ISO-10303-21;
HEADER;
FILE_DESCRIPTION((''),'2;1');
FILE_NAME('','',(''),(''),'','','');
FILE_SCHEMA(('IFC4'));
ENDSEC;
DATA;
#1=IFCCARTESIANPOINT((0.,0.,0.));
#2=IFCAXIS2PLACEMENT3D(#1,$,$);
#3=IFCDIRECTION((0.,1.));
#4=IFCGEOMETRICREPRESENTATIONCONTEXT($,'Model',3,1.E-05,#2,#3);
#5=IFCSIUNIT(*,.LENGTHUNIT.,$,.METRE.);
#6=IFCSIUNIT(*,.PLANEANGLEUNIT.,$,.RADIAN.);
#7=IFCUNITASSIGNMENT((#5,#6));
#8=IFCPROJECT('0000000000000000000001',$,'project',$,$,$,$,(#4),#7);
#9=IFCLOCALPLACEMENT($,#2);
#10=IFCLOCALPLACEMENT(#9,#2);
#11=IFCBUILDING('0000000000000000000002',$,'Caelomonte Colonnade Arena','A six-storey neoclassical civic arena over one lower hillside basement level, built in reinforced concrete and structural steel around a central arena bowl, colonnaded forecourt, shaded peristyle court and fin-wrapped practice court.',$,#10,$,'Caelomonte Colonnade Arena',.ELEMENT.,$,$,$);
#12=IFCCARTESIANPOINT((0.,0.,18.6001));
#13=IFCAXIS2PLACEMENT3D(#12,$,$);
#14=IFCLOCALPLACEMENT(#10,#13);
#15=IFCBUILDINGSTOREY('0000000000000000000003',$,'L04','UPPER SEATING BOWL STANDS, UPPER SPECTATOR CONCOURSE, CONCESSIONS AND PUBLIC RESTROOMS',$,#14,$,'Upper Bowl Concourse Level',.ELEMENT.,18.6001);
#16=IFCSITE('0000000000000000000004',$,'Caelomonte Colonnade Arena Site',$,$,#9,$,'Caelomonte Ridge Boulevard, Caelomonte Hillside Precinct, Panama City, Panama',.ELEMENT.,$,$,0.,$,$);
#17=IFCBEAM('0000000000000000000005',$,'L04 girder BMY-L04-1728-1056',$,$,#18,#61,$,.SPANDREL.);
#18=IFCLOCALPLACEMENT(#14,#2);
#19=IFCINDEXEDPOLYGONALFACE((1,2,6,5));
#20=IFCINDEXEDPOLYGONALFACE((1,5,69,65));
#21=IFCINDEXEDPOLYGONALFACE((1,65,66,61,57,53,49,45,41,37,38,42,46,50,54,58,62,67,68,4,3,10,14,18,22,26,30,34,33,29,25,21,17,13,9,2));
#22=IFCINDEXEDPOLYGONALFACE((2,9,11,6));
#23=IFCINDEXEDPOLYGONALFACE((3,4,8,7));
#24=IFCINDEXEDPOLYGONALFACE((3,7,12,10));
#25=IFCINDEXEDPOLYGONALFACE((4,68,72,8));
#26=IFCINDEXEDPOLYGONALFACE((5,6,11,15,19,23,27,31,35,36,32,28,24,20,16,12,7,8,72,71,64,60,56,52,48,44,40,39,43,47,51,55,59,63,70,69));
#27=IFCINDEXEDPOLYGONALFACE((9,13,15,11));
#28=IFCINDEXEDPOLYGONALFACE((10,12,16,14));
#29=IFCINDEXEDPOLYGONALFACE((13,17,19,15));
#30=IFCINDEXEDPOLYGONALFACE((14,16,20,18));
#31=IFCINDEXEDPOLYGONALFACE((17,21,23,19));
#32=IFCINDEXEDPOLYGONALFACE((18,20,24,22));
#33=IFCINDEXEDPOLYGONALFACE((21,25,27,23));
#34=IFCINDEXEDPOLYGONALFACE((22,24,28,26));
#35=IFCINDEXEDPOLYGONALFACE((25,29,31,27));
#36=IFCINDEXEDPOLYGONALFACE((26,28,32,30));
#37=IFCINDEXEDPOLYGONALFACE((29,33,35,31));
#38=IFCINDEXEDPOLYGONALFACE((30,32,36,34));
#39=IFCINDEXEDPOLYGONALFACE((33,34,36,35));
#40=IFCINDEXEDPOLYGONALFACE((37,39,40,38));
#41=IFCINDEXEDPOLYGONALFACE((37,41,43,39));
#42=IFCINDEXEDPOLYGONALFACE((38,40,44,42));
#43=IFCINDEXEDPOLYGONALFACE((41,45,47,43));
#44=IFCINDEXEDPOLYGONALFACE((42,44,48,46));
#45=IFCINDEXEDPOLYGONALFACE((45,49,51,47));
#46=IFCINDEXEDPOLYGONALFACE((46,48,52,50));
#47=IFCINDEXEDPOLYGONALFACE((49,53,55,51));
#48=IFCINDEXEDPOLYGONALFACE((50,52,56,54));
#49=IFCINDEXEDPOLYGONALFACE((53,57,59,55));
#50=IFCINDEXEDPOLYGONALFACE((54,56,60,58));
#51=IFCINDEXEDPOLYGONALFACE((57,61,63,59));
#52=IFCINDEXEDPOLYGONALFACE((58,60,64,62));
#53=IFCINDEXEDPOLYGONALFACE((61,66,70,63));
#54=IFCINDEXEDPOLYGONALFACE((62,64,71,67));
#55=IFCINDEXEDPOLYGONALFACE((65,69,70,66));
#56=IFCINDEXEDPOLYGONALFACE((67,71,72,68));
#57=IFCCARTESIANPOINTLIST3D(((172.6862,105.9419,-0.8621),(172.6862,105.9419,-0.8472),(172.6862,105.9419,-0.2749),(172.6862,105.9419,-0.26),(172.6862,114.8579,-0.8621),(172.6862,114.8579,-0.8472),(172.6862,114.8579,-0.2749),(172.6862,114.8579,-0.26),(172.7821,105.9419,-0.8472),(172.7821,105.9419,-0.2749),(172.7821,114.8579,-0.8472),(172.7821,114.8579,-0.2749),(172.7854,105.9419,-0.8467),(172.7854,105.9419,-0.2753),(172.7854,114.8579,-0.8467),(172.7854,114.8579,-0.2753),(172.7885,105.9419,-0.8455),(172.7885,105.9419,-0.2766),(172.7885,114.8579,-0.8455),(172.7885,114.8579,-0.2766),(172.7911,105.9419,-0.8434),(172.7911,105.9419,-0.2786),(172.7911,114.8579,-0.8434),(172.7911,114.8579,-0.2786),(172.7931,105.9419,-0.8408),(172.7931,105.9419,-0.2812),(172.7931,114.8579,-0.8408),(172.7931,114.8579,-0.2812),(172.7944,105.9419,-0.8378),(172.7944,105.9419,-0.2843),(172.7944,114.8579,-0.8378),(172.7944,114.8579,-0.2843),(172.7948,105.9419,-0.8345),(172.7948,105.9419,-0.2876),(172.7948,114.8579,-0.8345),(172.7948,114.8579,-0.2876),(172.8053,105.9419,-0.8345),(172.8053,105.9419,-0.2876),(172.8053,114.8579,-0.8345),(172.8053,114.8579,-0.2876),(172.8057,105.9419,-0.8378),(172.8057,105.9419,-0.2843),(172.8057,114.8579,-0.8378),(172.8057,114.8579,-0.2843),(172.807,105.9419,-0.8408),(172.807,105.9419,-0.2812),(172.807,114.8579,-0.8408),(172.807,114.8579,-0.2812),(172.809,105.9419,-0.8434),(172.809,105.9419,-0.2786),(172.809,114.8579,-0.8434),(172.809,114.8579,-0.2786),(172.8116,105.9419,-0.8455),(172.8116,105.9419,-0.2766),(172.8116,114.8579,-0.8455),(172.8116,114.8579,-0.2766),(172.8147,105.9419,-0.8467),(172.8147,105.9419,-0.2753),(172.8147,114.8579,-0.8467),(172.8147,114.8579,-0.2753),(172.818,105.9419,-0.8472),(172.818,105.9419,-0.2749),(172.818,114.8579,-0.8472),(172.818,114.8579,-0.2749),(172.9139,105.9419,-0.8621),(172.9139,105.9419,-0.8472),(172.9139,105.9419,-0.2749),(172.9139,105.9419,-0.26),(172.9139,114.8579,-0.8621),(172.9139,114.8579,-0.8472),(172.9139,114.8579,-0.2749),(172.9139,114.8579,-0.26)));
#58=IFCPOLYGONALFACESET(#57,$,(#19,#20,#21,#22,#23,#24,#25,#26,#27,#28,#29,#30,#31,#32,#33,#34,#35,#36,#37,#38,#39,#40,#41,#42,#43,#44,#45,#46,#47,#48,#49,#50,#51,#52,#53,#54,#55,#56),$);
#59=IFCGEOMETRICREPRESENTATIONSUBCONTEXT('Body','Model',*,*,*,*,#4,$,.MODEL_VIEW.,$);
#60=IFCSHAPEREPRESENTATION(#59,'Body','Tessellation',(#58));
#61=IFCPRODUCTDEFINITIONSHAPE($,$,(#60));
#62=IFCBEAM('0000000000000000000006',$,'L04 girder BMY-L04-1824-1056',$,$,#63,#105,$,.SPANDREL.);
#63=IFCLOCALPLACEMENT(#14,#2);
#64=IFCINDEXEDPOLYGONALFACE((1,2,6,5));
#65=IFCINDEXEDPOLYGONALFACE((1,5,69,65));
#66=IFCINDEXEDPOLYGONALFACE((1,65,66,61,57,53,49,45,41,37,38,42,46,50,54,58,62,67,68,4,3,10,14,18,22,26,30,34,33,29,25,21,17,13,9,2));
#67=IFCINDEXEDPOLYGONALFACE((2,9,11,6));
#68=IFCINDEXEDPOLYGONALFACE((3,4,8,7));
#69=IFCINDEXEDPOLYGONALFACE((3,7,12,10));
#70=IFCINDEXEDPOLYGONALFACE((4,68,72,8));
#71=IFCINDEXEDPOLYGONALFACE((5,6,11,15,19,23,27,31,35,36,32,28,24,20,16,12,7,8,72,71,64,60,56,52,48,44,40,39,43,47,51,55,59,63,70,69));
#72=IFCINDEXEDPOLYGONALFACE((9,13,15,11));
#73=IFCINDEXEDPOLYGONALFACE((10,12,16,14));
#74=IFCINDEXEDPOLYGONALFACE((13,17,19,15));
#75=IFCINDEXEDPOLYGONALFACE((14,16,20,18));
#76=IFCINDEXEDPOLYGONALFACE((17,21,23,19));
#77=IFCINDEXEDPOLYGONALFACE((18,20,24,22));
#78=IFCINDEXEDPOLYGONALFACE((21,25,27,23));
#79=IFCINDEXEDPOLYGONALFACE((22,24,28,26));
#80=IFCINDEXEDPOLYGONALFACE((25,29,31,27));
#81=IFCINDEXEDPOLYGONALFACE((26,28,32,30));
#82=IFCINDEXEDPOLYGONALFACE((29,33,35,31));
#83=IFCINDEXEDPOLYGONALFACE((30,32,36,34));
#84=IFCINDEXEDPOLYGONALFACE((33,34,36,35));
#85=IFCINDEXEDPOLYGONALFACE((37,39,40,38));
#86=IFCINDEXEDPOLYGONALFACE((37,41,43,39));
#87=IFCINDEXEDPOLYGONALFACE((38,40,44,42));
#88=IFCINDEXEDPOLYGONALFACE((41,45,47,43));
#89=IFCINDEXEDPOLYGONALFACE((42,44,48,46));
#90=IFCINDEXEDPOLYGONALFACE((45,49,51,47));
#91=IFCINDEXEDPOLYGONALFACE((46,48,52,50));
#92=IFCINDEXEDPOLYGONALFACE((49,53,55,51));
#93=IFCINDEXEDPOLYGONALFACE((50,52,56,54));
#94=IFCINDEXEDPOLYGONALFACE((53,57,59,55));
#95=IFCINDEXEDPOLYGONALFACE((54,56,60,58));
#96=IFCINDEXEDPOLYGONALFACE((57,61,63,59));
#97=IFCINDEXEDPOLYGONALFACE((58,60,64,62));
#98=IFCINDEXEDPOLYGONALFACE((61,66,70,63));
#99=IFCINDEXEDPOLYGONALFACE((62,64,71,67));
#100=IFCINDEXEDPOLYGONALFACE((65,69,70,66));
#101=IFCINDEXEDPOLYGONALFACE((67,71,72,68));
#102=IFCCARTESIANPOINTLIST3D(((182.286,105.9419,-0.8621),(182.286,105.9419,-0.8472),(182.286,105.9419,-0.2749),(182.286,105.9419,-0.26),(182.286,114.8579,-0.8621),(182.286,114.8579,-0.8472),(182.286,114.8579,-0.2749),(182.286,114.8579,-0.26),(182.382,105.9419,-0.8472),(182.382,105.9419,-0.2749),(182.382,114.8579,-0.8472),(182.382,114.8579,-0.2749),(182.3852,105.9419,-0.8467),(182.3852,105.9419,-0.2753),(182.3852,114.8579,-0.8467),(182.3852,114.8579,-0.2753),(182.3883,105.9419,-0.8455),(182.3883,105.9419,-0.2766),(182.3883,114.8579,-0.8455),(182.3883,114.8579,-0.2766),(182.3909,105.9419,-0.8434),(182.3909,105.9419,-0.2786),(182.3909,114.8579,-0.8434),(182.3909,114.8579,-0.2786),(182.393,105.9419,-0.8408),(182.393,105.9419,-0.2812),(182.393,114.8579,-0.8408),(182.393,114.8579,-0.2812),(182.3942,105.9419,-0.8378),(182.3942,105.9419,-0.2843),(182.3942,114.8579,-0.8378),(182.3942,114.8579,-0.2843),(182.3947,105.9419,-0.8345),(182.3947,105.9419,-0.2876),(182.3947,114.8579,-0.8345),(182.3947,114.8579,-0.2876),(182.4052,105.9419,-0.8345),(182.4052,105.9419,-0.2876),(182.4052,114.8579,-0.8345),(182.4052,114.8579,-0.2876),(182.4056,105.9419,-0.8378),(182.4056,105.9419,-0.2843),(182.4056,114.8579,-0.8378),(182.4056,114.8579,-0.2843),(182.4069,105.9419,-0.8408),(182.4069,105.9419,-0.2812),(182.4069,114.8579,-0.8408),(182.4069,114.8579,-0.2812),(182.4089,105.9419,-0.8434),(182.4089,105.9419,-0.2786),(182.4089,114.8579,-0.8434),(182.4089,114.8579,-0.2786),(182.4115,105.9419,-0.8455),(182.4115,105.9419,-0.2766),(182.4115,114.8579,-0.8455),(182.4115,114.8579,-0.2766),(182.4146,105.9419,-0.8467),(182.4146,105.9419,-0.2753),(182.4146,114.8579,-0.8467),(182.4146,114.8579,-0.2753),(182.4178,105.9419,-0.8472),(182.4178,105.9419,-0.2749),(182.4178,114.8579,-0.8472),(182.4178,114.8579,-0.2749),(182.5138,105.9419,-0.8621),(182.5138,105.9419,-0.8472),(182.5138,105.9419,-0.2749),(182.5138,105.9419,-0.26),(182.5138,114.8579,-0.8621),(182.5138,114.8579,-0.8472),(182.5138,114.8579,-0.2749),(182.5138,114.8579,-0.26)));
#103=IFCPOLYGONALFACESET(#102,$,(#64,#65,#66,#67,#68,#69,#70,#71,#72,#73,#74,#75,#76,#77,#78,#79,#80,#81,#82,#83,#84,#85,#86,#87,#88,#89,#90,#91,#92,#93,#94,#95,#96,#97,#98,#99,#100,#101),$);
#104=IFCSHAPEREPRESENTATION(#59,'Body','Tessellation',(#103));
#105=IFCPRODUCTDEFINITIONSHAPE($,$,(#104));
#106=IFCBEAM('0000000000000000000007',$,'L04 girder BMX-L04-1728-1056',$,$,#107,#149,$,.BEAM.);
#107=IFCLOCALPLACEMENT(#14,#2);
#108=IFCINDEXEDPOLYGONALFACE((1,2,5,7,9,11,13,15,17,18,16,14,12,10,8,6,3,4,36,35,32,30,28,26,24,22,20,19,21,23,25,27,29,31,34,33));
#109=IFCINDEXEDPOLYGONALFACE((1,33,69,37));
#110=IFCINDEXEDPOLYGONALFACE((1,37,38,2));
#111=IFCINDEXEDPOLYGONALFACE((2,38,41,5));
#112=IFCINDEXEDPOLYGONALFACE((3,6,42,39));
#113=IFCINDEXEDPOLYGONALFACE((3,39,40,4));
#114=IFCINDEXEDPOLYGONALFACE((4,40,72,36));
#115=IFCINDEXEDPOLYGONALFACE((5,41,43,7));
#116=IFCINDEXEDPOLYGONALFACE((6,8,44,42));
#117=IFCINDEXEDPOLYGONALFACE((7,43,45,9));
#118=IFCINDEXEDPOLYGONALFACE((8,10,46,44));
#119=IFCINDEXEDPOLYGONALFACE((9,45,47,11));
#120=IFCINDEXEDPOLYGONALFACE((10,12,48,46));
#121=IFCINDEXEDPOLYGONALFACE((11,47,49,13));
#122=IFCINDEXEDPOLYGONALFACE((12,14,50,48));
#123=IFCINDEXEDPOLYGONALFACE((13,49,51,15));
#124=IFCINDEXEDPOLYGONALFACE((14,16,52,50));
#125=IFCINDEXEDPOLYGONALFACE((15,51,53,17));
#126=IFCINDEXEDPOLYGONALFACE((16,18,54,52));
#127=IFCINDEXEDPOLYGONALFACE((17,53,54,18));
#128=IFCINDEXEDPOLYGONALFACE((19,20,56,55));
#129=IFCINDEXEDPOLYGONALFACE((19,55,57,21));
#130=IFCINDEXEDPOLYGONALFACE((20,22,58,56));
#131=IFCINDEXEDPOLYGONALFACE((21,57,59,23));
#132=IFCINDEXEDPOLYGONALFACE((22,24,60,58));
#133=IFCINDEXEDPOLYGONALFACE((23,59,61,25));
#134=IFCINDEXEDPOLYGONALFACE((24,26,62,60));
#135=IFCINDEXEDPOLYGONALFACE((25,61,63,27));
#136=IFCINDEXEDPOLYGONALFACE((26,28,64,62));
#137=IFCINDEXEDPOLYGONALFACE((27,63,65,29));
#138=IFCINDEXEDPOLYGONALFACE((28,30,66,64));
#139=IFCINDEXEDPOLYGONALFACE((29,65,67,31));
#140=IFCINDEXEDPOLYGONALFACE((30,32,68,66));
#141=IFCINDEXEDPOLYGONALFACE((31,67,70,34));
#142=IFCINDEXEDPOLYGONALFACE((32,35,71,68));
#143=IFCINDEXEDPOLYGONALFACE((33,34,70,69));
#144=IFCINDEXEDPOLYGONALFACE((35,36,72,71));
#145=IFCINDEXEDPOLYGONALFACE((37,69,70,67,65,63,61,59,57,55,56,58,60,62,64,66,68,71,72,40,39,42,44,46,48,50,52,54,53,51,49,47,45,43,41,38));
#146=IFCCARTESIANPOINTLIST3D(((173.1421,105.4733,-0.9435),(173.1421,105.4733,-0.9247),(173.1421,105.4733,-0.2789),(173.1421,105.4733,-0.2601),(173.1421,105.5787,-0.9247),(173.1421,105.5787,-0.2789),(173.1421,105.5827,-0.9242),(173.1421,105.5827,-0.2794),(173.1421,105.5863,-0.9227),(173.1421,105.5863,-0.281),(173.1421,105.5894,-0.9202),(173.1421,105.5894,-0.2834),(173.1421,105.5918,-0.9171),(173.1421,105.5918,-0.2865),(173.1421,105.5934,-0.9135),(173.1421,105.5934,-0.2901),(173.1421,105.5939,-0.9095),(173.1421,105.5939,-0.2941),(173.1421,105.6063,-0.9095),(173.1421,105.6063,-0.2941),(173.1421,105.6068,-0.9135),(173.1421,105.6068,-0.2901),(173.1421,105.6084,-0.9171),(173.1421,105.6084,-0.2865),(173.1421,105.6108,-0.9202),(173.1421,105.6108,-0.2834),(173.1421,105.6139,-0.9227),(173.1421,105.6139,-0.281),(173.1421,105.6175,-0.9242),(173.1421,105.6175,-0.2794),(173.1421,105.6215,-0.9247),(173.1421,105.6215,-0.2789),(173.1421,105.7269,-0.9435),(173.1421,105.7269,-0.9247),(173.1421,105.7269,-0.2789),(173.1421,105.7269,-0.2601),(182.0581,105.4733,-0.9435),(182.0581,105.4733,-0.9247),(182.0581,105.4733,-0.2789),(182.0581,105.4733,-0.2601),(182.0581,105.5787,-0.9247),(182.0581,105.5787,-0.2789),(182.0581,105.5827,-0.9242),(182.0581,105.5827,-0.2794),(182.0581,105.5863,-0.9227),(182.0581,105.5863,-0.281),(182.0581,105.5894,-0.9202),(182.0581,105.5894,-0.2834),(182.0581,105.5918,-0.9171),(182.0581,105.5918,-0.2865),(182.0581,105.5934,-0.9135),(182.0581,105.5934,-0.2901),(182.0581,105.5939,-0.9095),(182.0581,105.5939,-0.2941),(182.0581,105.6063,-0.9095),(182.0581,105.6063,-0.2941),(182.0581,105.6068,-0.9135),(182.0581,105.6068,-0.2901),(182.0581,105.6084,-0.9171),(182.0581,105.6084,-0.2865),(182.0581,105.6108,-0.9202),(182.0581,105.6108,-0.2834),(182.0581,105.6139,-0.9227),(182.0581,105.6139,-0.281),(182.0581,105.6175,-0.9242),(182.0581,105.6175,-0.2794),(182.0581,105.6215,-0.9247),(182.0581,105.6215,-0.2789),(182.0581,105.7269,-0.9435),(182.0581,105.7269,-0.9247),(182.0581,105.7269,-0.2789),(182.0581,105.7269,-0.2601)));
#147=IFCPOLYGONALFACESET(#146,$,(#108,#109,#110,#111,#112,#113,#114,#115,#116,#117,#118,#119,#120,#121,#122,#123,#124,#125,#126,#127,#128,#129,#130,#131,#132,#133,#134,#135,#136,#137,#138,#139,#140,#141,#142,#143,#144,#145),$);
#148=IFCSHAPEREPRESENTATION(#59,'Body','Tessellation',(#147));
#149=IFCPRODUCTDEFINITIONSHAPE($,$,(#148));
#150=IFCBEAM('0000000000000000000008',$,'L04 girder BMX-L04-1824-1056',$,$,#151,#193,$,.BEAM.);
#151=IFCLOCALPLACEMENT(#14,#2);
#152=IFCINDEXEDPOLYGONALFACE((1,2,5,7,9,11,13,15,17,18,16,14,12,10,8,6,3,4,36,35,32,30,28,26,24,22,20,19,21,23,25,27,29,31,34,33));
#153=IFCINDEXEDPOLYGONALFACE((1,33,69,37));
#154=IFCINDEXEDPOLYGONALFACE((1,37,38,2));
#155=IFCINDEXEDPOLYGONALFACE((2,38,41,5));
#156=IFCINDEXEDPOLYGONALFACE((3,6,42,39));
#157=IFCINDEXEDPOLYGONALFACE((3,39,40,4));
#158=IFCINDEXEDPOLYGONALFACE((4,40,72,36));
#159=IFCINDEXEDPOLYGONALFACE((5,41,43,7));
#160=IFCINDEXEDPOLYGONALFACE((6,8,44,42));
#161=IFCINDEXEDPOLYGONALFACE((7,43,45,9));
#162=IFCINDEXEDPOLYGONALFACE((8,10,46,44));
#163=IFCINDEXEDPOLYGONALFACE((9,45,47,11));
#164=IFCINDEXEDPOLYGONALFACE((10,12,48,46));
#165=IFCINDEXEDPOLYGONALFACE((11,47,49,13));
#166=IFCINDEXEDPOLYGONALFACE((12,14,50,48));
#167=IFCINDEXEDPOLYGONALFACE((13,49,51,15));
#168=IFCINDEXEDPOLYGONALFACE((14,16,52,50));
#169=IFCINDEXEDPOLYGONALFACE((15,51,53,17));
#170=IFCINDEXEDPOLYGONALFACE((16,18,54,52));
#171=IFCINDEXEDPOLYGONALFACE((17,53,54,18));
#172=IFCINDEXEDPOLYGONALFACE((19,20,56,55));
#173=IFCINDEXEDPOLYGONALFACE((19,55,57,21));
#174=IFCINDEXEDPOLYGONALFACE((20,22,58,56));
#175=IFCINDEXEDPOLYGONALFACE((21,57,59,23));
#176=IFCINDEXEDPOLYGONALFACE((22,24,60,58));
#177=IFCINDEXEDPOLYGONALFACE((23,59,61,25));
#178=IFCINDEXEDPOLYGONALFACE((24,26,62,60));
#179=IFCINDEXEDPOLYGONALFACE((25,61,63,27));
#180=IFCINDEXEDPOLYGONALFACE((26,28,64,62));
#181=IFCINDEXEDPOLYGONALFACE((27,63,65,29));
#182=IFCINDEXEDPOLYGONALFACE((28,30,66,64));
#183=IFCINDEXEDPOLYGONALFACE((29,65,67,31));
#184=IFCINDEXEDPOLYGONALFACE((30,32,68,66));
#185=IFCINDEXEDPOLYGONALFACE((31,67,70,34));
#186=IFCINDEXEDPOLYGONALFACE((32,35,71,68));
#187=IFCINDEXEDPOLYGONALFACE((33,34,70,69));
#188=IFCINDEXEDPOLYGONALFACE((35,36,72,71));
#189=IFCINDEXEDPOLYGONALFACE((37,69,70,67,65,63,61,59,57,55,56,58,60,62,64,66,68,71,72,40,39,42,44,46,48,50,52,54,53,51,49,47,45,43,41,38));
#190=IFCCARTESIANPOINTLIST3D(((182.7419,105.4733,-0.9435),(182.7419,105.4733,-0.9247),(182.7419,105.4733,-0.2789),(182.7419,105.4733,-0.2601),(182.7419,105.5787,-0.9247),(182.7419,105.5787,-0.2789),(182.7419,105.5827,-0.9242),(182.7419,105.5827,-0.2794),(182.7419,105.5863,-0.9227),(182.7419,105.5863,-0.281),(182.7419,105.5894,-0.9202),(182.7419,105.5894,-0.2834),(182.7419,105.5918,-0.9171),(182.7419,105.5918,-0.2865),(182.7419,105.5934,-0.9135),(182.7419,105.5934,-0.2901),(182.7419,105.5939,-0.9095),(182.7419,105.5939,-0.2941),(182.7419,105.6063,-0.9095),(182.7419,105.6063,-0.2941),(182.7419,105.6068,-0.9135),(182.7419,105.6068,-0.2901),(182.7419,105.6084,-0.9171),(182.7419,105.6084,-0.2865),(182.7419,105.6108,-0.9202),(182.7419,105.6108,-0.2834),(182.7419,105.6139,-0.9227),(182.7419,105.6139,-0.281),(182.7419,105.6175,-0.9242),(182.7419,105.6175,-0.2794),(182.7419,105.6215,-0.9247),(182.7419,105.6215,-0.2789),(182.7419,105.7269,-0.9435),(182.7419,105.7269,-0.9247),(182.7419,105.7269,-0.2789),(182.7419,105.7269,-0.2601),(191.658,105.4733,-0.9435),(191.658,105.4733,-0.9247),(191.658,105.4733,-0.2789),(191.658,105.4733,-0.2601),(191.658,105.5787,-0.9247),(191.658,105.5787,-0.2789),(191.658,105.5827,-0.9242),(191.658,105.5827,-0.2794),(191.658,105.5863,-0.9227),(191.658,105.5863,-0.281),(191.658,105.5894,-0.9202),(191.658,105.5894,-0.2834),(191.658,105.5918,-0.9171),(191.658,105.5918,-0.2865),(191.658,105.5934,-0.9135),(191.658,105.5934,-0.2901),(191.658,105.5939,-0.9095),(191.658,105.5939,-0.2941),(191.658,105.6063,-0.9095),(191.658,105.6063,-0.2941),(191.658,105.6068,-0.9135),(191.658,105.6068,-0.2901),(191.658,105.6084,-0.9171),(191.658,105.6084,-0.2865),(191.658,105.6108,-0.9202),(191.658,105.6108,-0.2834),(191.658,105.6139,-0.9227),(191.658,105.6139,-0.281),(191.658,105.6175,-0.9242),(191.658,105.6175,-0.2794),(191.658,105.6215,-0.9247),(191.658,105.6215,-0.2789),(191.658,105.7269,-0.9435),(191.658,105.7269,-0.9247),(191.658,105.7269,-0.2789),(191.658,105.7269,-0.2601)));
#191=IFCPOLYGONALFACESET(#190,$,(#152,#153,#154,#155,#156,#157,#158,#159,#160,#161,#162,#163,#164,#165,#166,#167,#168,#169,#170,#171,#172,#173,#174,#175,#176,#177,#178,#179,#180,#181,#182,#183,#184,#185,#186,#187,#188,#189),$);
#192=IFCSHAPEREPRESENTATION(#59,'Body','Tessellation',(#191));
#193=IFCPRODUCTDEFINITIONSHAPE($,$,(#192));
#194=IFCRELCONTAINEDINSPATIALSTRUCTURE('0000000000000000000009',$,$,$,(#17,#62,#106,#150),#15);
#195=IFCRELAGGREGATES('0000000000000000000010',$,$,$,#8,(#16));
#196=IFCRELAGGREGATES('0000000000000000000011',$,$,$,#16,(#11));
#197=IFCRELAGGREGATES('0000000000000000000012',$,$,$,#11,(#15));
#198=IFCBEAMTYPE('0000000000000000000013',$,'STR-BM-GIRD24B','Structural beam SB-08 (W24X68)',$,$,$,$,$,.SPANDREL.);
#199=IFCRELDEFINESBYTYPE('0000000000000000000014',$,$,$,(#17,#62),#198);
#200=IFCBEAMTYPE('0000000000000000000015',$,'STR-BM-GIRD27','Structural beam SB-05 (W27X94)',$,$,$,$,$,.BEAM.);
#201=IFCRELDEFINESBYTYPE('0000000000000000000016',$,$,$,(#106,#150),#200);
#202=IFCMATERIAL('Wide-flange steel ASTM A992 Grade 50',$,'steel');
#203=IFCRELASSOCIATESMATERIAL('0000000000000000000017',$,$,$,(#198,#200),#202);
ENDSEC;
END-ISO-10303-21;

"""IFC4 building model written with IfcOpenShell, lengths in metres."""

from ifc_helpers import new_model, si_unit, direction, frame, origin, origin_2d, place, context, subcontext, project, spatial, i_section, extrude, material, material_profile, profile_set, type_object, element, save


model = new_model("IFC4")

# Units and contexts
model_context = context("Model", 3, precision=1e-05, world=origin(), true_north=direction((0.0, 1.0)))
body_context = subcontext(model_context, "Body", "Model", "MODEL_VIEW")
ifc_project = project(units=[si_unit("LENGTHUNIT", "METRE"), si_unit("PLANEANGLEUNIT", "RADIAN")], contexts=[model_context])

# Site, building, storey
site_placement = place(None, origin())
site = spatial("IfcSite", under=ifc_project, at=site_placement, Name="Caelomonte Colonnade Arena Site", LongName="Caelomonte Ridge Boulevard, Caelomonte Hillside Precinct, Panama City, Panama", CompositionType="ELEMENT", RefElevation=0.0)
building_placement = place(site_placement, origin())
building = spatial("IfcBuilding", under=site, at=building_placement, Name="Caelomonte Colonnade Arena", Description="A six-storey neoclassical civic arena over one lower hillside basement level, built in reinforced concrete and structural steel around a central arena bowl, colonnaded forecourt, shaded peristyle court and fin-wrapped practice court.", LongName="Caelomonte Colonnade Arena", CompositionType="ELEMENT")
storey_placement = place(building_placement, frame((0.0, 0.0, 18.6001)))
storey = spatial("IfcBuildingStorey", under=building, at=storey_placement, Name="L04", Description="UPPER SEATING BOWL STANDS, UPPER SPECTATOR CONCOURSE, CONCESSIONS AND PUBLIC RESTROOMS", LongName="Upper Bowl Concourse Level", CompositionType="ELEMENT", Elevation=18.6001)

# Shared definitions
ifc_material_1 = material(Name="Wide-flange steel ASTM A992 Grade 50", Category="steel")

# Beams
ifc_material_profile_1 = material_profile(ifc_material_1, i_section(OverallWidth=0.2278, OverallDepth=0.6021, WebThickness=0.0105, FlangeThickness=0.0149, FilletRadius=0.0127, at=origin_2d()), Name="W24X68")
ifc_profile_set_1 = profile_set([ifc_material_profile_1], Name="Wide-flange steel ASTM A992 Grade 50")
beam_type_1 = type_object("IfcBeamType", Name="STR-BM-GIRD24B", Description="Structural beam SB-08 (W24X68)", PredefinedType="SPANDREL", material=ifc_profile_set_1)
for number, where, z_axis, x_axis, name in (
    (1, (172.8, 105.9419, -0.561), (0.0, 1.0, 0.0), (-1.0, 0.0, 0.0), "L04 girder BMY-L04-1728-1056"),
    (2, (182.3999, 105.9419, -0.561), (0.0, 1.0, 0.0), (-1.0, 0.0, 0.0), "L04 girder BMY-L04-1824-1056"),
):
    element("IfcBeam", number, at=place(storey_placement, frame(where, z_axis=z_axis, x_axis=x_axis)), inside=storey, type_object=beam_type_1, Name=name, PredefinedType="SPANDREL", context=body_context, shape_type="SweptSolid", body=[
        extrude(i_section(OverallWidth=0.2278, OverallDepth=0.6021, WebThickness=0.0105, FlangeThickness=0.0149, FilletRadius=0.0127, at=origin_2d()), origin(), (0.0, 0.0, 1.0), 8.916),
    ])
ifc_material_profile_2 = material_profile(ifc_material_1, i_section(OverallWidth=0.2537, OverallDepth=0.6833, WebThickness=0.0125, FlangeThickness=0.0188, FilletRadius=0.0151, at=origin_2d()), Name="W27X94")
ifc_profile_set_2 = profile_set([ifc_material_profile_2], Name="Wide-flange steel ASTM A992 Grade 50")
beam_type_2 = type_object("IfcBeamType", Name="STR-BM-GIRD27", Description="Structural beam SB-05 (W27X94)", PredefinedType="BEAM", material=ifc_profile_set_2)
for number, where, z_axis, x_axis, name in (
    (3, (173.1421, 105.6001, -0.6018), (1.0, 0.0, 0.0), (0.0, 1.0, 0.0), "L04 girder BMX-L04-1728-1056"),
    (4, (182.7419, 105.6001, -0.6018), (1.0, 0.0, 0.0), (0.0, 1.0, 0.0), "L04 girder BMX-L04-1824-1056"),
):
    element("IfcBeam", number, at=place(storey_placement, frame(where, z_axis=z_axis, x_axis=x_axis)), inside=storey, type_object=beam_type_2, Name=name, PredefinedType="BEAM", context=body_context, shape_type="SweptSolid", body=[
        extrude(i_section(OverallWidth=0.2537, OverallDepth=0.6833, WebThickness=0.0125, FlangeThickness=0.0188, FilletRadius=0.0151, at=origin_2d()), origin(), (0.0, 0.0, 1.0), 8.916),
    ])

save(model, "model.ifc")
